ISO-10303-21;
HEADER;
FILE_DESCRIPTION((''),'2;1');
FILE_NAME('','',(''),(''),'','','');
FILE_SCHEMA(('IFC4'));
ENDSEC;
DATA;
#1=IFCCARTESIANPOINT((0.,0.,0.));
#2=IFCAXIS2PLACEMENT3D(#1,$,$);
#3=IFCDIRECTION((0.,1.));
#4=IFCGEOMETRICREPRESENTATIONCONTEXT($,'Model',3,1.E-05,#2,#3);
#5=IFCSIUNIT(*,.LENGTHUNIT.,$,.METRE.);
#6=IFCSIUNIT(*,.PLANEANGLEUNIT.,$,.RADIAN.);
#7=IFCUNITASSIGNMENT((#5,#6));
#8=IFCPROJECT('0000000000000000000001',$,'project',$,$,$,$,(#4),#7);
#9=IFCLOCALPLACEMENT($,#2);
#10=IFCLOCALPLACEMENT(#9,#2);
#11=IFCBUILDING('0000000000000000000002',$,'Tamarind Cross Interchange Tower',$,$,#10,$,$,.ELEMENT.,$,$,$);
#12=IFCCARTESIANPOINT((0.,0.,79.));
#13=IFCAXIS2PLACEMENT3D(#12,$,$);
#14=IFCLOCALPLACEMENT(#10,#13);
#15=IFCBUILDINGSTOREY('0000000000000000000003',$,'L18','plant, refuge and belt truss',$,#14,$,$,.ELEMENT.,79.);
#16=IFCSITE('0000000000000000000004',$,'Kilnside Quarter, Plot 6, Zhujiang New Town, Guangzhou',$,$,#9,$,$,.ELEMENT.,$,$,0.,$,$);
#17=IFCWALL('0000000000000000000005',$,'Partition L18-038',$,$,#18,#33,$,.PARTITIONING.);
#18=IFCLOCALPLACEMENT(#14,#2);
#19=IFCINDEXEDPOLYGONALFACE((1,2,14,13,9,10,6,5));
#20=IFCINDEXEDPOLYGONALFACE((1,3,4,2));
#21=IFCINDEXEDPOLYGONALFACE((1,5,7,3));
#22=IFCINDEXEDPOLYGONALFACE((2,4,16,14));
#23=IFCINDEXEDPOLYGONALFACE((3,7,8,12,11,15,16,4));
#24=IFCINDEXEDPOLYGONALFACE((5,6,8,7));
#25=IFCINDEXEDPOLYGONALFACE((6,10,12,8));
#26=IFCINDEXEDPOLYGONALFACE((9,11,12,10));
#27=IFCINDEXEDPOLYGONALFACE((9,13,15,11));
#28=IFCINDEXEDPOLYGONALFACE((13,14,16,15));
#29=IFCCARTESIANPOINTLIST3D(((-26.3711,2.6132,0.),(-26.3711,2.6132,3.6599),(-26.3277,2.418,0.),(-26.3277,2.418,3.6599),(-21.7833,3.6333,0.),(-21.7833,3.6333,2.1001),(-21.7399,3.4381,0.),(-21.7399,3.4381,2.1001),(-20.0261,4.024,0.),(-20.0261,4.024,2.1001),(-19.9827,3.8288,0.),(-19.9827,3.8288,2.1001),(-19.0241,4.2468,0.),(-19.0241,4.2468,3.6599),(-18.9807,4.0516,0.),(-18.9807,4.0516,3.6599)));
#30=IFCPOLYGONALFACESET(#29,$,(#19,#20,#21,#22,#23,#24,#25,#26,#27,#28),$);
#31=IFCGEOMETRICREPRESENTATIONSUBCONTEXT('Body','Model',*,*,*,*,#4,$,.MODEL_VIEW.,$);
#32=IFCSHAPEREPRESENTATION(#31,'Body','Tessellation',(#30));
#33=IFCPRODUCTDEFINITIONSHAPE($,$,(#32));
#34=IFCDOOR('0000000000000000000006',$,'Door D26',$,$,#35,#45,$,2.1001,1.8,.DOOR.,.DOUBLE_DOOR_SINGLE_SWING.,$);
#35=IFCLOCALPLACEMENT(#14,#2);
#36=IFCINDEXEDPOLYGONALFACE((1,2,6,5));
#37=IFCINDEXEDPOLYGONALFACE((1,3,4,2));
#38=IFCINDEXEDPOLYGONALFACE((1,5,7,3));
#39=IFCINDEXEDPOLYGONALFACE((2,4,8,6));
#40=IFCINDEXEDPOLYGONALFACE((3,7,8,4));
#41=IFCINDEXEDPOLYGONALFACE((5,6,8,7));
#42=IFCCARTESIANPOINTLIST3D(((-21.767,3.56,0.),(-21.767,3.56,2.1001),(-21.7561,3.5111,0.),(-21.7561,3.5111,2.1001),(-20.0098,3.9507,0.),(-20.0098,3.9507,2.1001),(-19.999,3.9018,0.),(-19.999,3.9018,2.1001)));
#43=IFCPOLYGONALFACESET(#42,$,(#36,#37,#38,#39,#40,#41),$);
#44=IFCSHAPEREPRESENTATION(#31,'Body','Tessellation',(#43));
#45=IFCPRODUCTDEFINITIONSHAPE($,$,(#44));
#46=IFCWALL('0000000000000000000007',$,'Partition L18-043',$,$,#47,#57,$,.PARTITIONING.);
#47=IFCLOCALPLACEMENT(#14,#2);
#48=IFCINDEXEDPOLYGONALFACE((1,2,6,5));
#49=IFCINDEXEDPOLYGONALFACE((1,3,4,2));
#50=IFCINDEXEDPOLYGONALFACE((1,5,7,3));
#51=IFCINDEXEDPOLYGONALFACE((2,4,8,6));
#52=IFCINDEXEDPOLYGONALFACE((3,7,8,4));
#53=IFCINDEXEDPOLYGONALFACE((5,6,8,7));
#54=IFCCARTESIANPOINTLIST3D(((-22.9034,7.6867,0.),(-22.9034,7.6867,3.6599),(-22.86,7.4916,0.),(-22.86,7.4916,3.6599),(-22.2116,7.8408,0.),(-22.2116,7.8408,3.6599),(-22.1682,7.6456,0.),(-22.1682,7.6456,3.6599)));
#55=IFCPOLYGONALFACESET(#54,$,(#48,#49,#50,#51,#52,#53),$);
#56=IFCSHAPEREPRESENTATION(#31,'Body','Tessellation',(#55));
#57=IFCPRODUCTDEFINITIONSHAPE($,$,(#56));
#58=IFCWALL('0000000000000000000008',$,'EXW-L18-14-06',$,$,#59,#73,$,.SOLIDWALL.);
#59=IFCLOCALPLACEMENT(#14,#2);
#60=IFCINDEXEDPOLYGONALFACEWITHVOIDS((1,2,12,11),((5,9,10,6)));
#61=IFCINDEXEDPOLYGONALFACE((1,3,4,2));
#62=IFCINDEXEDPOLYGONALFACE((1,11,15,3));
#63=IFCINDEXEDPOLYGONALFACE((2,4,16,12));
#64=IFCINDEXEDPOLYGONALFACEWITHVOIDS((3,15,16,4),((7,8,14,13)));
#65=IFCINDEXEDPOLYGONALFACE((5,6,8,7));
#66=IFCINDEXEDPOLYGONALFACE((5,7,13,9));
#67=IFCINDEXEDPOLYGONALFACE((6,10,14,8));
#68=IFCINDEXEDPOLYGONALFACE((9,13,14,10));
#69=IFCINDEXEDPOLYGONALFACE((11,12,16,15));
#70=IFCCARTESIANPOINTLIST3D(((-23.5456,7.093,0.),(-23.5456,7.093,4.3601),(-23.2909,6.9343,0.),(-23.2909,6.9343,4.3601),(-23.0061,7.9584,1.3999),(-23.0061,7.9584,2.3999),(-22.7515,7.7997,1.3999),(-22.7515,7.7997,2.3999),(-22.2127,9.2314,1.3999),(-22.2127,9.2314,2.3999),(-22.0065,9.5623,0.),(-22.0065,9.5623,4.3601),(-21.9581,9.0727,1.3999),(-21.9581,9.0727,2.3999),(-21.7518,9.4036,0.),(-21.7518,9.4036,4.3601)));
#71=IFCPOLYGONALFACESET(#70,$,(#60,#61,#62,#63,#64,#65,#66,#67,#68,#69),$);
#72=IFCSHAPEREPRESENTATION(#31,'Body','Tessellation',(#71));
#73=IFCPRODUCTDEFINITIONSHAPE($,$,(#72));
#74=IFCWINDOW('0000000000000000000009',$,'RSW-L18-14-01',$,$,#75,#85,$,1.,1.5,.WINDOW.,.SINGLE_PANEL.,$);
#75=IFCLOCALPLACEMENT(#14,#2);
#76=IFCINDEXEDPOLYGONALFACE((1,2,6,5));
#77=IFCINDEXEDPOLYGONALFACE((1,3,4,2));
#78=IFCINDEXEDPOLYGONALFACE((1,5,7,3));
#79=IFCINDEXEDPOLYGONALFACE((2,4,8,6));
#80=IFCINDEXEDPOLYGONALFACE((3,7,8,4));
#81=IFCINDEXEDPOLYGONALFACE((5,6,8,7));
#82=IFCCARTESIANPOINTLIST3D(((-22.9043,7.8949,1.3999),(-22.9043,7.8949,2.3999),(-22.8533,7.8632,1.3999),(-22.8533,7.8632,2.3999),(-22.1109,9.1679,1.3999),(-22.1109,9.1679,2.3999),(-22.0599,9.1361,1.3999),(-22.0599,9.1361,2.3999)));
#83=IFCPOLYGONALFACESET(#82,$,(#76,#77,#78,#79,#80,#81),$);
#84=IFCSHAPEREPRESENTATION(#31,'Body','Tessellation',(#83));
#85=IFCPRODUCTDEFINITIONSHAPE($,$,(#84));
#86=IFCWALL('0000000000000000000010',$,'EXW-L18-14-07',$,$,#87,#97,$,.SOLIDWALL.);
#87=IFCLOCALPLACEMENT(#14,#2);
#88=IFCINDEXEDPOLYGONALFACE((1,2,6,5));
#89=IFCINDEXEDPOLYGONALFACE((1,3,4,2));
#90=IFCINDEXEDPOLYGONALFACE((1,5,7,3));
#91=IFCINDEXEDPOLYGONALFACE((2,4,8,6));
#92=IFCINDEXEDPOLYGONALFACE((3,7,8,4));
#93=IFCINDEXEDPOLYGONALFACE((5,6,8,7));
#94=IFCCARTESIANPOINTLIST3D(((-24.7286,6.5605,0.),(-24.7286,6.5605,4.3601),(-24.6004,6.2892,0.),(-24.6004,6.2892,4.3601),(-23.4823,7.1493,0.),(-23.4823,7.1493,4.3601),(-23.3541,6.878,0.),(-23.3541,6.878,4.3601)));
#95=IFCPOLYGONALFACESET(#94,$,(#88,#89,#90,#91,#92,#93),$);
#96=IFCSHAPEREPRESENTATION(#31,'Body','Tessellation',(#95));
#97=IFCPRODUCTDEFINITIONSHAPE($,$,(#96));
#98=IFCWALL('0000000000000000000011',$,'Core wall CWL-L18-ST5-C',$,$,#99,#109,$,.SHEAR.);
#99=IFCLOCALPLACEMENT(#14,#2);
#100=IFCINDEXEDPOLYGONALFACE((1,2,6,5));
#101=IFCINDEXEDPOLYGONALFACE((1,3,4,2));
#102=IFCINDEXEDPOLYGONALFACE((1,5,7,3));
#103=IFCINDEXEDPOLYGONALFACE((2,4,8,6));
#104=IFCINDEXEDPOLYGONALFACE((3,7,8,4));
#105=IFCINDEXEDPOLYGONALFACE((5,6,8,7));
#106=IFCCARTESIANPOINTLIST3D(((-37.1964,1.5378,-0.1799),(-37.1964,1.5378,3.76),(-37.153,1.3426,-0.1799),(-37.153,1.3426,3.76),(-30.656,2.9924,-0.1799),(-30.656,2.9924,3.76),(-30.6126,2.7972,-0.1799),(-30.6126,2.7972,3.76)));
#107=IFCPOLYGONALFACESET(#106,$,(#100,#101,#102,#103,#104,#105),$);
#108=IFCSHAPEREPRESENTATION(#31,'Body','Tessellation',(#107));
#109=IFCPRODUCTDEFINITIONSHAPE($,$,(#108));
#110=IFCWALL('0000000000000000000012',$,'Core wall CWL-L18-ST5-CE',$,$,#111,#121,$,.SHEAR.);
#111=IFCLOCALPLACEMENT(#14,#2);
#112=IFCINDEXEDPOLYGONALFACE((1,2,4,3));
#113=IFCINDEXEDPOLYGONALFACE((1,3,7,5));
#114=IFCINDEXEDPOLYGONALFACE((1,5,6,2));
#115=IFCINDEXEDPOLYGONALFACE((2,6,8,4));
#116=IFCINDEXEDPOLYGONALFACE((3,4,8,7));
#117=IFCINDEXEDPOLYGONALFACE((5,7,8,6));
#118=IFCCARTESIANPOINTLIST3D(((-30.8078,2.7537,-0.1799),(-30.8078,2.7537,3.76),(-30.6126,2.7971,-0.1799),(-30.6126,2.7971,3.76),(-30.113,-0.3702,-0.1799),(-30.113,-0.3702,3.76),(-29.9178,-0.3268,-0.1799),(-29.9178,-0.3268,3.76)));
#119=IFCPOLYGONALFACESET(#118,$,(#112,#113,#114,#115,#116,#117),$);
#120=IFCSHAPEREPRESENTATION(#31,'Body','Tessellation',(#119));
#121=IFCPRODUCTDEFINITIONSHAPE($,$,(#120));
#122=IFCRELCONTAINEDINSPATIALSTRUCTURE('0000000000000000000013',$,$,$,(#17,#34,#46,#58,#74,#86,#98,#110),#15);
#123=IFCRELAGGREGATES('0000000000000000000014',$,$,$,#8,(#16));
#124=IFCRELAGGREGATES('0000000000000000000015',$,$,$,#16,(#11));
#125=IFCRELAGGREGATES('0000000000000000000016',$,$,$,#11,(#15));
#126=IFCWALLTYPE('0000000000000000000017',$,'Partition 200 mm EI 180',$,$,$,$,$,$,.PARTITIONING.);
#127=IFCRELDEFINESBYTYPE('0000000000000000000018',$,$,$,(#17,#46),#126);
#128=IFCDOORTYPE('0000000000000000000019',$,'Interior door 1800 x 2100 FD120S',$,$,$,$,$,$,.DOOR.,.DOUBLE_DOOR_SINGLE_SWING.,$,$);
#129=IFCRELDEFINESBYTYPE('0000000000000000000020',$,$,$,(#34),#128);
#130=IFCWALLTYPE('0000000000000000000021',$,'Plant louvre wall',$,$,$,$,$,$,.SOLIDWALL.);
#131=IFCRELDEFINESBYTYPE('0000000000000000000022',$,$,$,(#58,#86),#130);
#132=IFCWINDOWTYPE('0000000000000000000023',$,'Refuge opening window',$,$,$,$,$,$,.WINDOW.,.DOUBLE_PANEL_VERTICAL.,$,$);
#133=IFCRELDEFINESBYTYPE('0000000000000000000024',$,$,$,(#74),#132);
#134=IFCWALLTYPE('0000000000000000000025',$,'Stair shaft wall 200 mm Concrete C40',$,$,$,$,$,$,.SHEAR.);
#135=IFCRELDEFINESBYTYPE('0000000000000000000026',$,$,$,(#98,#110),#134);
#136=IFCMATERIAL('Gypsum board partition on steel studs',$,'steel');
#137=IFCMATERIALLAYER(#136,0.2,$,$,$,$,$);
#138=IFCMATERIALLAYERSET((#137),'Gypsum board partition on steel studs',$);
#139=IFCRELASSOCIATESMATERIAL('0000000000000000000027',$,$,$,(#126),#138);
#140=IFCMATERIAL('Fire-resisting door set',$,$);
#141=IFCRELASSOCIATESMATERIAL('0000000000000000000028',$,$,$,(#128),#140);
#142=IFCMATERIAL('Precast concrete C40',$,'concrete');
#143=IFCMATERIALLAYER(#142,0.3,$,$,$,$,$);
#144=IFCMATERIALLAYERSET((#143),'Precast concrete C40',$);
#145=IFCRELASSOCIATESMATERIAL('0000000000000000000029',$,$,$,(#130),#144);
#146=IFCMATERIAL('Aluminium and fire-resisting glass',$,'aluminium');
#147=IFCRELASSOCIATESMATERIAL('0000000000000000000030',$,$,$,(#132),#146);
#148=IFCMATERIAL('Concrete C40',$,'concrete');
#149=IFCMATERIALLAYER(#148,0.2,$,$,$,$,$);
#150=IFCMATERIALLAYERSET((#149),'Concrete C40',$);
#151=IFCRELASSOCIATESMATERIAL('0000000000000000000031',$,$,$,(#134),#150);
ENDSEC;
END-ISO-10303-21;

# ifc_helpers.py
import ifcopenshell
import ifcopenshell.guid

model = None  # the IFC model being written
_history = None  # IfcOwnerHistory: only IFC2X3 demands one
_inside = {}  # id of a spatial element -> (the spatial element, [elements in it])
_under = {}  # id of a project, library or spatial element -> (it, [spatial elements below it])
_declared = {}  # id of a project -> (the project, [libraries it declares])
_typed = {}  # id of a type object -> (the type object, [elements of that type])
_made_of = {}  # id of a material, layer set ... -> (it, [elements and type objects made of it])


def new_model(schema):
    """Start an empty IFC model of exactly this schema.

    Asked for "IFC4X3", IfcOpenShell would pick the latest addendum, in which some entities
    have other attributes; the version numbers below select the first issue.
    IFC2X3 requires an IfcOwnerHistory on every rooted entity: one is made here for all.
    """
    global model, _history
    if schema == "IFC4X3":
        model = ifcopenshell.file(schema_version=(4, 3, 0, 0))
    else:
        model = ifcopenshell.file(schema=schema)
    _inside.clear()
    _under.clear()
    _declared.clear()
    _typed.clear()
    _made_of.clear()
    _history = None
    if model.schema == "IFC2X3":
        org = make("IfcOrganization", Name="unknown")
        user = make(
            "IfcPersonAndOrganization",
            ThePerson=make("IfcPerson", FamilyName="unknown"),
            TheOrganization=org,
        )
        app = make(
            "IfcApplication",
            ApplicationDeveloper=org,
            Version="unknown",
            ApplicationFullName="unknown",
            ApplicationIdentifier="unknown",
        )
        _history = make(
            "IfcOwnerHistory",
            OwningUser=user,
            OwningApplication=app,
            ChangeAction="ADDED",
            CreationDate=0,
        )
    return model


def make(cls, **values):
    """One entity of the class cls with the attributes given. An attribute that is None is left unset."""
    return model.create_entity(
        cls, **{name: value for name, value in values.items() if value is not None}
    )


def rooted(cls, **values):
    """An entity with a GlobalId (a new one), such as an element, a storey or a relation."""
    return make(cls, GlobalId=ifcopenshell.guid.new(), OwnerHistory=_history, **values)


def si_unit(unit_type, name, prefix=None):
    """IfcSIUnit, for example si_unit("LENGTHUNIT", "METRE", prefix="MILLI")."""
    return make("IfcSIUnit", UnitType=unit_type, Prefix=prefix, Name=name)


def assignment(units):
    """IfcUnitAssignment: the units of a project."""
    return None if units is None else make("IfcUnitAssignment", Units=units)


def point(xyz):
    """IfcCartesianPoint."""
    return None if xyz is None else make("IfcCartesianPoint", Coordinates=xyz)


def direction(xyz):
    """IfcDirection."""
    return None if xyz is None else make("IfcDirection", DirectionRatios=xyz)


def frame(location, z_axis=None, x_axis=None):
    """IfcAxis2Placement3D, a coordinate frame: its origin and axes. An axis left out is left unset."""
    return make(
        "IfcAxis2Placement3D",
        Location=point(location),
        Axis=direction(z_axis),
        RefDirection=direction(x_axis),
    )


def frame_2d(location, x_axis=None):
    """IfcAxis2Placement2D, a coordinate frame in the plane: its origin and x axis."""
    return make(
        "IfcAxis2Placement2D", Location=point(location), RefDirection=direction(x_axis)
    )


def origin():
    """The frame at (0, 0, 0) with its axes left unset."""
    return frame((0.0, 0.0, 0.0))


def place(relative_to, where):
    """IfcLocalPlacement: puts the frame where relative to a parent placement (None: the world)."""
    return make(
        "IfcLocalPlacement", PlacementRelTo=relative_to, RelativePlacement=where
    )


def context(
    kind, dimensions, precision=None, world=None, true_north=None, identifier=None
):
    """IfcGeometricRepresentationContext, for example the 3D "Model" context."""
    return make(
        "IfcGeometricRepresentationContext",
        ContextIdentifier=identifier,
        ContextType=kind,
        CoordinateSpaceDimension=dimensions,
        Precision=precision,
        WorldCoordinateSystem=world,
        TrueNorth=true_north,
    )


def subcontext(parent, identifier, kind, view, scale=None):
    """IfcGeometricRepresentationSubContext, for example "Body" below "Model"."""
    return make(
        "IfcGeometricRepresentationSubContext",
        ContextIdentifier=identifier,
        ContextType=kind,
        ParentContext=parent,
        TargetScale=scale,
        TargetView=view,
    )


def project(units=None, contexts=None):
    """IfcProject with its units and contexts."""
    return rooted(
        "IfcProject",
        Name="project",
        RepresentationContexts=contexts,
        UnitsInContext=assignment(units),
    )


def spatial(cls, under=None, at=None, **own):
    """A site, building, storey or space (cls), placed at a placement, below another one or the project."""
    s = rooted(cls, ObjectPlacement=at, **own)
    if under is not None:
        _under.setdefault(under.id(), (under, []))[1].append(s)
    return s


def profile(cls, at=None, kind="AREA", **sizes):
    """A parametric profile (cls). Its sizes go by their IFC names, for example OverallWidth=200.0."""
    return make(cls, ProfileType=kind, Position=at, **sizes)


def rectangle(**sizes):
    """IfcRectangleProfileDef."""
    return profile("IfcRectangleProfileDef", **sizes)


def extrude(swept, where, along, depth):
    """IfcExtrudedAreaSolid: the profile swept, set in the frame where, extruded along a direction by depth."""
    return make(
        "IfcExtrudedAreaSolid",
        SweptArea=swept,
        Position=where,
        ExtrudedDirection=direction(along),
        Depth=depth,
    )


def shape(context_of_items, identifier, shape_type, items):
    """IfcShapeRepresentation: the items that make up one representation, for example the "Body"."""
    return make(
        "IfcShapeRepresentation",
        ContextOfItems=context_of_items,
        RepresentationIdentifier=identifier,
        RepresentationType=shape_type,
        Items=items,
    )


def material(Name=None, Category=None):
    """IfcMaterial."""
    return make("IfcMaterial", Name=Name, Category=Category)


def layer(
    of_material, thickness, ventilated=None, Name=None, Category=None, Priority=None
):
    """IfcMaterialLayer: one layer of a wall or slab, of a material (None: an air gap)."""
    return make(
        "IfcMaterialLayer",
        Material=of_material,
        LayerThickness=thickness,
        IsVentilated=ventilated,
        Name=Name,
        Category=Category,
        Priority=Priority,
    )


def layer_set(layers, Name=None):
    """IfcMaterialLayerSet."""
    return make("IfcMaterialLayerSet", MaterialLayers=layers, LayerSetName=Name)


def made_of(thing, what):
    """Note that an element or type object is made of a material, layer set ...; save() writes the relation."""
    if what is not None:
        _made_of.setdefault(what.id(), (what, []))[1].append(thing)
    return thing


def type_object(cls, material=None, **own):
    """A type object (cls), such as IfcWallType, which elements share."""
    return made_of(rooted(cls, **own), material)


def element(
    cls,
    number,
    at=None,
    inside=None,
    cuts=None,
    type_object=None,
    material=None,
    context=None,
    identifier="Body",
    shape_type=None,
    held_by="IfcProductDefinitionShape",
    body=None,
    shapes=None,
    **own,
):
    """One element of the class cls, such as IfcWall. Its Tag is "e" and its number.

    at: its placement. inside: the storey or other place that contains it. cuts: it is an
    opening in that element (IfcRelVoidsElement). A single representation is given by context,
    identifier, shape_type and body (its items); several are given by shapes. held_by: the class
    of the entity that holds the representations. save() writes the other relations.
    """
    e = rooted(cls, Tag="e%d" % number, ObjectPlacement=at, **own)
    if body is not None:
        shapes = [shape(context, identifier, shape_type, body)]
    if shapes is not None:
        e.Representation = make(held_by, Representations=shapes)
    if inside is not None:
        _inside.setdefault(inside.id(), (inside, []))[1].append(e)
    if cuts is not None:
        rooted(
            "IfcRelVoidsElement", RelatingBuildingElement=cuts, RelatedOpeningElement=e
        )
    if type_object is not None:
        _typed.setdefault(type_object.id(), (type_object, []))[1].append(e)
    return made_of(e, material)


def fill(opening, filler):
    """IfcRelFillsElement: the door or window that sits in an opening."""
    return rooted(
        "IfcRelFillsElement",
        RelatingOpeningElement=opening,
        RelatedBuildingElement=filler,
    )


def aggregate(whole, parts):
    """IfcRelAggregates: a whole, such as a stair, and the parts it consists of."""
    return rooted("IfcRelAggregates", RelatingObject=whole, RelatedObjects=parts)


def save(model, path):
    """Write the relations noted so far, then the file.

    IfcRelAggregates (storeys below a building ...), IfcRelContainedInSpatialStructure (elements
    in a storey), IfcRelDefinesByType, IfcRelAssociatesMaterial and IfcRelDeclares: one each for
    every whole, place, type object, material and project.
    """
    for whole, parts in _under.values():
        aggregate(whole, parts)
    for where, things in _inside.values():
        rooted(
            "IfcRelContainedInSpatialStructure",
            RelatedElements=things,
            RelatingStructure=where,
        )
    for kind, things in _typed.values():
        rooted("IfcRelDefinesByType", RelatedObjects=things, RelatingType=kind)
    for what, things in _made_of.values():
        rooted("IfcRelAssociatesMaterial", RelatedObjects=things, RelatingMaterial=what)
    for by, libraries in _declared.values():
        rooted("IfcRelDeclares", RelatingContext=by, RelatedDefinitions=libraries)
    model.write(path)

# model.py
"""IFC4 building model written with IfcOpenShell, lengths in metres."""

from ifc_helpers import new_model, si_unit, direction, frame, frame_2d, origin, place, context, subcontext, project, spatial, rectangle, extrude, material, layer, layer_set, type_object, element, fill, save


model = new_model("IFC4")

# Units and contexts
model_context = context("Model", 3, precision=1e-05, world=origin(), true_north=direction((0.0, 1.0)))
body_context = subcontext(model_context, "Body", "Model", "MODEL_VIEW")
ifc_project = project(units=[si_unit("LENGTHUNIT", "METRE"), si_unit("PLANEANGLEUNIT", "RADIAN")], contexts=[model_context])

# Site, building, storey
site_placement = place(None, origin())
site = spatial("IfcSite", under=ifc_project, at=site_placement, Name="Kilnside Quarter, Plot 6, Zhujiang New Town, Guangzhou", CompositionType="ELEMENT", RefElevation=0.0)
building_placement = place(site_placement, origin())
building = spatial("IfcBuilding", under=site, at=building_placement, Name="Tamarind Cross Interchange Tower", CompositionType="ELEMENT")
storey_placement = place(building_placement, frame((0.0, 0.0, 79.0)))
storey = spatial("IfcBuildingStorey", under=building, at=storey_placement, Name="L18", Description="plant, refuge and belt truss", CompositionType="ELEMENT", Elevation=79.0)

# Wall, opening, door
ifc_material_1 = material(Name="Gypsum board partition on steel studs", Category="steel")
ifc_layer_1 = layer(ifc_material_1, 0.2)
ifc_layer_set_1 = layer_set([ifc_layer_1], Name="Gypsum board partition on steel studs")
wall_type_1 = type_object("IfcWallType", Name="Partition 200 mm EI 180", PredefinedType="PARTITIONING", material=ifc_layer_set_1)
ifc_material_2 = material(Name="Fire-resisting door set")
wall_1_placement = place(storey_placement, frame((-26.3494, 2.5156, 0.0), z_axis=(0.0, 0.0, 1.0), x_axis=(0.976162, 0.217044, 0.0)))
wall_1 = element("IfcWall", 1, at=wall_1_placement, inside=storey, type_object=wall_type_1, Name="Partition L18-038", PredefinedType="PARTITIONING", context=body_context, shape_type="SweptSolid", body=[
    extrude(rectangle(XDim=7.5264, YDim=0.2, at=frame_2d((3.7632, 0.0))), origin(), (0.0, 0.0, 1.0), 3.6599),
])
opening_1_placement = place(wall_1_placement, frame((4.7, 0.0, 0.0)))
opening_1 = element("IfcOpeningElement", 2, at=opening_1_placement, cuts=wall_1, PredefinedType="OPENING", context=body_context, shape_type="SweptSolid", body=[
    extrude(rectangle(XDim=1.8, YDim=2.1001, at=frame_2d((0.8999, 1.05))), frame((0.0, 0.1099, 0.0), z_axis=(0.0, -1.0, 0.0), x_axis=(1.0, 0.0, 0.0)), (0.0, 0.0, 1.0), 0.22),
])
door_type_1 = type_object("IfcDoorType", Name="Interior door 1800 x 2100 FD120S", OperationType="DOUBLE_DOOR_SINGLE_SWING", PredefinedType="DOOR", material=ifc_material_2)
door_1_placement = place(opening_1_placement, origin())
door_1 = element("IfcDoor", 3, at=door_1_placement, inside=storey, type_object=door_type_1, Name="Door D26", OperationType="DOUBLE_DOOR_SINGLE_SWING", OverallHeight=2.1001, OverallWidth=1.8, PredefinedType="DOOR", context=body_context, shape_type="SweptSolid", body=[
    extrude(rectangle(XDim=1.8, YDim=2.1001, at=frame_2d((0.8999, 1.05))), frame((0.0, 0.0249, 0.0), z_axis=(0.0, -1.0, 0.0), x_axis=(1.0, 0.0, 0.0)), (0.0, 0.0, 1.0), 0.05),
])
fill(opening_1, door_1)

# Wall
wall_2_placement = place(storey_placement, frame((-22.8818, 7.5891, 0.0), z_axis=(0.0, 0.0, 1.0), x_axis=(0.976098, 0.217332, 0.0)))
element("IfcWall", 4, at=wall_2_placement, inside=storey, type_object=wall_type_1, Name="Partition L18-043", PredefinedType="PARTITIONING", context=body_context, shape_type="SweptSolid", body=[
    extrude(rectangle(XDim=0.7087, YDim=0.2, at=frame_2d((0.3545, 0.0))), origin(), (0.0, 0.0, 1.0), 3.6599),
])

# Wall, opening, window
ifc_material_3 = material(Name="Precast concrete C40", Category="concrete")
ifc_layer_2 = layer(ifc_material_3, 0.3)
ifc_layer_set_2 = layer_set([ifc_layer_2], Name="Precast concrete C40")
wall_type_2 = type_object("IfcWallType", Name="Plant louvre wall", PredefinedType="SOLIDWALL", material=ifc_layer_set_2)
wall_3_placement = place(storey_placement, frame((-21.8792, 9.4829, 0.0), z_axis=(0.0, 0.0, 1.0), x_axis=(-0.528958, -0.848648, 0.0)))
wall_3 = element("IfcWall", 5, at=wall_3_placement, inside=storey, type_object=wall_type_2, Name="EXW-L18-14-06", PredefinedType="SOLIDWALL", context=body_context, shape_type="SweptSolid", body=[
    extrude(rectangle(XDim=2.9097, YDim=0.3, at=frame_2d((1.4548, 0.0))), origin(), (0.0, 0.0, 1.0), 4.3601),
])
opening_2_placement = place(wall_3_placement, frame((0.3899, 0.0, 1.3999)))
opening_2 = element("IfcOpeningElement", 6, at=opening_2_placement, cuts=wall_3, PredefinedType="OPENING", context=body_context, shape_type="SweptSolid", body=[
    extrude(rectangle(XDim=1.5, YDim=1.0, at=frame_2d((0.75, 0.5))), frame((0.0, 0.1599, 0.0), z_axis=(0.0, -1.0, 0.0), x_axis=(1.0, 0.0, 0.0)), (0.0, 0.0, 1.0), 0.3201),
])
ifc_material_4 = material(Name="Aluminium and fire-resisting glass", Category="aluminium")
window_type_1 = type_object("IfcWindowType", Name="Refuge opening window", PartitioningType="DOUBLE_PANEL_VERTICAL", PredefinedType="WINDOW", material=ifc_material_4)
window_1_placement = place(opening_2_placement, origin())
window_1 = element("IfcWindow", 7, at=window_1_placement, inside=storey, type_object=window_type_1, Name="RSW-L18-14-01", OverallHeight=1.0, OverallWidth=1.5, PartitioningType="SINGLE_PANEL", PredefinedType="WINDOW", context=body_context, shape_type="SweptSolid", body=[
    extrude(rectangle(XDim=1.5, YDim=1.0, at=frame_2d((0.75, 0.5))), frame((0.0, 0.03, 0.0), z_axis=(0.0, -1.0, 0.0), x_axis=(1.0, 0.0, 0.0)), (0.0, 0.0, 1.0), 0.0601),
])
fill(opening_2, window_1)

# Wall
wall_4_placement = place(storey_placement, frame((-23.4182, 7.0137, 0.0), z_axis=(0.0, 0.0, 1.0), x_axis=(-0.904159, -0.427195, 0.0)))
element("IfcWall", 8, at=wall_4_placement, inside=storey, type_object=wall_type_2, Name="EXW-L18-14-07", PredefinedType="SOLIDWALL", context=body_context, shape_type="SweptSolid", body=[
    extrude(rectangle(XDim=1.3784, YDim=0.3, at=frame_2d((0.6892, 0.0))), origin(), (0.0, 0.0, 1.0), 4.3601),
])

# Walls
ifc_material_5 = material(Name="Concrete C40", Category="concrete")
ifc_layer_3 = layer(ifc_material_5, 0.2)
ifc_layer_set_3 = layer_set([ifc_layer_3], Name="Concrete C40")
wall_type_3 = type_object("IfcWallType", Name="Stair shaft wall 200 mm Concrete C40", PredefinedType="SHEAR", material=ifc_layer_set_3)
wall_5_placement = place(storey_placement, frame((-30.6343, 2.8948, -0.1799), z_axis=(0.0, 0.0, 1.0), x_axis=(-0.976149, -0.2171, 0.0)))
element("IfcWall", 9, at=wall_5_placement, inside=storey, type_object=wall_type_3, Name="Core wall CWL-L18-ST5-C", PredefinedType="SHEAR", context=body_context, shape_type="SweptSolid", body=[
    extrude(rectangle(XDim=6.7002, YDim=0.2, at=frame_2d((3.3501, 0.0))), origin(), (0.0, 0.0, 1.0), 3.9399),
])
wall_6_placement = place(storey_placement, frame((-30.7102, 2.7754, -0.1799), z_axis=(0.0, 0.0, 1.0), x_axis=(0.217124, -0.976144, 0.0)))
element("IfcWall", 10, at=wall_6_placement, inside=storey, type_object=wall_type_3, Name="Core wall CWL-L18-ST5-CE", PredefinedType="SHEAR", context=body_context, shape_type="SweptSolid", body=[
    extrude(rectangle(XDim=3.2002, YDim=0.2, at=frame_2d((1.6001, 0.0))), origin(), (0.0, 0.0, 1.0), 3.9399),
])

save(model, "model.ifc")
